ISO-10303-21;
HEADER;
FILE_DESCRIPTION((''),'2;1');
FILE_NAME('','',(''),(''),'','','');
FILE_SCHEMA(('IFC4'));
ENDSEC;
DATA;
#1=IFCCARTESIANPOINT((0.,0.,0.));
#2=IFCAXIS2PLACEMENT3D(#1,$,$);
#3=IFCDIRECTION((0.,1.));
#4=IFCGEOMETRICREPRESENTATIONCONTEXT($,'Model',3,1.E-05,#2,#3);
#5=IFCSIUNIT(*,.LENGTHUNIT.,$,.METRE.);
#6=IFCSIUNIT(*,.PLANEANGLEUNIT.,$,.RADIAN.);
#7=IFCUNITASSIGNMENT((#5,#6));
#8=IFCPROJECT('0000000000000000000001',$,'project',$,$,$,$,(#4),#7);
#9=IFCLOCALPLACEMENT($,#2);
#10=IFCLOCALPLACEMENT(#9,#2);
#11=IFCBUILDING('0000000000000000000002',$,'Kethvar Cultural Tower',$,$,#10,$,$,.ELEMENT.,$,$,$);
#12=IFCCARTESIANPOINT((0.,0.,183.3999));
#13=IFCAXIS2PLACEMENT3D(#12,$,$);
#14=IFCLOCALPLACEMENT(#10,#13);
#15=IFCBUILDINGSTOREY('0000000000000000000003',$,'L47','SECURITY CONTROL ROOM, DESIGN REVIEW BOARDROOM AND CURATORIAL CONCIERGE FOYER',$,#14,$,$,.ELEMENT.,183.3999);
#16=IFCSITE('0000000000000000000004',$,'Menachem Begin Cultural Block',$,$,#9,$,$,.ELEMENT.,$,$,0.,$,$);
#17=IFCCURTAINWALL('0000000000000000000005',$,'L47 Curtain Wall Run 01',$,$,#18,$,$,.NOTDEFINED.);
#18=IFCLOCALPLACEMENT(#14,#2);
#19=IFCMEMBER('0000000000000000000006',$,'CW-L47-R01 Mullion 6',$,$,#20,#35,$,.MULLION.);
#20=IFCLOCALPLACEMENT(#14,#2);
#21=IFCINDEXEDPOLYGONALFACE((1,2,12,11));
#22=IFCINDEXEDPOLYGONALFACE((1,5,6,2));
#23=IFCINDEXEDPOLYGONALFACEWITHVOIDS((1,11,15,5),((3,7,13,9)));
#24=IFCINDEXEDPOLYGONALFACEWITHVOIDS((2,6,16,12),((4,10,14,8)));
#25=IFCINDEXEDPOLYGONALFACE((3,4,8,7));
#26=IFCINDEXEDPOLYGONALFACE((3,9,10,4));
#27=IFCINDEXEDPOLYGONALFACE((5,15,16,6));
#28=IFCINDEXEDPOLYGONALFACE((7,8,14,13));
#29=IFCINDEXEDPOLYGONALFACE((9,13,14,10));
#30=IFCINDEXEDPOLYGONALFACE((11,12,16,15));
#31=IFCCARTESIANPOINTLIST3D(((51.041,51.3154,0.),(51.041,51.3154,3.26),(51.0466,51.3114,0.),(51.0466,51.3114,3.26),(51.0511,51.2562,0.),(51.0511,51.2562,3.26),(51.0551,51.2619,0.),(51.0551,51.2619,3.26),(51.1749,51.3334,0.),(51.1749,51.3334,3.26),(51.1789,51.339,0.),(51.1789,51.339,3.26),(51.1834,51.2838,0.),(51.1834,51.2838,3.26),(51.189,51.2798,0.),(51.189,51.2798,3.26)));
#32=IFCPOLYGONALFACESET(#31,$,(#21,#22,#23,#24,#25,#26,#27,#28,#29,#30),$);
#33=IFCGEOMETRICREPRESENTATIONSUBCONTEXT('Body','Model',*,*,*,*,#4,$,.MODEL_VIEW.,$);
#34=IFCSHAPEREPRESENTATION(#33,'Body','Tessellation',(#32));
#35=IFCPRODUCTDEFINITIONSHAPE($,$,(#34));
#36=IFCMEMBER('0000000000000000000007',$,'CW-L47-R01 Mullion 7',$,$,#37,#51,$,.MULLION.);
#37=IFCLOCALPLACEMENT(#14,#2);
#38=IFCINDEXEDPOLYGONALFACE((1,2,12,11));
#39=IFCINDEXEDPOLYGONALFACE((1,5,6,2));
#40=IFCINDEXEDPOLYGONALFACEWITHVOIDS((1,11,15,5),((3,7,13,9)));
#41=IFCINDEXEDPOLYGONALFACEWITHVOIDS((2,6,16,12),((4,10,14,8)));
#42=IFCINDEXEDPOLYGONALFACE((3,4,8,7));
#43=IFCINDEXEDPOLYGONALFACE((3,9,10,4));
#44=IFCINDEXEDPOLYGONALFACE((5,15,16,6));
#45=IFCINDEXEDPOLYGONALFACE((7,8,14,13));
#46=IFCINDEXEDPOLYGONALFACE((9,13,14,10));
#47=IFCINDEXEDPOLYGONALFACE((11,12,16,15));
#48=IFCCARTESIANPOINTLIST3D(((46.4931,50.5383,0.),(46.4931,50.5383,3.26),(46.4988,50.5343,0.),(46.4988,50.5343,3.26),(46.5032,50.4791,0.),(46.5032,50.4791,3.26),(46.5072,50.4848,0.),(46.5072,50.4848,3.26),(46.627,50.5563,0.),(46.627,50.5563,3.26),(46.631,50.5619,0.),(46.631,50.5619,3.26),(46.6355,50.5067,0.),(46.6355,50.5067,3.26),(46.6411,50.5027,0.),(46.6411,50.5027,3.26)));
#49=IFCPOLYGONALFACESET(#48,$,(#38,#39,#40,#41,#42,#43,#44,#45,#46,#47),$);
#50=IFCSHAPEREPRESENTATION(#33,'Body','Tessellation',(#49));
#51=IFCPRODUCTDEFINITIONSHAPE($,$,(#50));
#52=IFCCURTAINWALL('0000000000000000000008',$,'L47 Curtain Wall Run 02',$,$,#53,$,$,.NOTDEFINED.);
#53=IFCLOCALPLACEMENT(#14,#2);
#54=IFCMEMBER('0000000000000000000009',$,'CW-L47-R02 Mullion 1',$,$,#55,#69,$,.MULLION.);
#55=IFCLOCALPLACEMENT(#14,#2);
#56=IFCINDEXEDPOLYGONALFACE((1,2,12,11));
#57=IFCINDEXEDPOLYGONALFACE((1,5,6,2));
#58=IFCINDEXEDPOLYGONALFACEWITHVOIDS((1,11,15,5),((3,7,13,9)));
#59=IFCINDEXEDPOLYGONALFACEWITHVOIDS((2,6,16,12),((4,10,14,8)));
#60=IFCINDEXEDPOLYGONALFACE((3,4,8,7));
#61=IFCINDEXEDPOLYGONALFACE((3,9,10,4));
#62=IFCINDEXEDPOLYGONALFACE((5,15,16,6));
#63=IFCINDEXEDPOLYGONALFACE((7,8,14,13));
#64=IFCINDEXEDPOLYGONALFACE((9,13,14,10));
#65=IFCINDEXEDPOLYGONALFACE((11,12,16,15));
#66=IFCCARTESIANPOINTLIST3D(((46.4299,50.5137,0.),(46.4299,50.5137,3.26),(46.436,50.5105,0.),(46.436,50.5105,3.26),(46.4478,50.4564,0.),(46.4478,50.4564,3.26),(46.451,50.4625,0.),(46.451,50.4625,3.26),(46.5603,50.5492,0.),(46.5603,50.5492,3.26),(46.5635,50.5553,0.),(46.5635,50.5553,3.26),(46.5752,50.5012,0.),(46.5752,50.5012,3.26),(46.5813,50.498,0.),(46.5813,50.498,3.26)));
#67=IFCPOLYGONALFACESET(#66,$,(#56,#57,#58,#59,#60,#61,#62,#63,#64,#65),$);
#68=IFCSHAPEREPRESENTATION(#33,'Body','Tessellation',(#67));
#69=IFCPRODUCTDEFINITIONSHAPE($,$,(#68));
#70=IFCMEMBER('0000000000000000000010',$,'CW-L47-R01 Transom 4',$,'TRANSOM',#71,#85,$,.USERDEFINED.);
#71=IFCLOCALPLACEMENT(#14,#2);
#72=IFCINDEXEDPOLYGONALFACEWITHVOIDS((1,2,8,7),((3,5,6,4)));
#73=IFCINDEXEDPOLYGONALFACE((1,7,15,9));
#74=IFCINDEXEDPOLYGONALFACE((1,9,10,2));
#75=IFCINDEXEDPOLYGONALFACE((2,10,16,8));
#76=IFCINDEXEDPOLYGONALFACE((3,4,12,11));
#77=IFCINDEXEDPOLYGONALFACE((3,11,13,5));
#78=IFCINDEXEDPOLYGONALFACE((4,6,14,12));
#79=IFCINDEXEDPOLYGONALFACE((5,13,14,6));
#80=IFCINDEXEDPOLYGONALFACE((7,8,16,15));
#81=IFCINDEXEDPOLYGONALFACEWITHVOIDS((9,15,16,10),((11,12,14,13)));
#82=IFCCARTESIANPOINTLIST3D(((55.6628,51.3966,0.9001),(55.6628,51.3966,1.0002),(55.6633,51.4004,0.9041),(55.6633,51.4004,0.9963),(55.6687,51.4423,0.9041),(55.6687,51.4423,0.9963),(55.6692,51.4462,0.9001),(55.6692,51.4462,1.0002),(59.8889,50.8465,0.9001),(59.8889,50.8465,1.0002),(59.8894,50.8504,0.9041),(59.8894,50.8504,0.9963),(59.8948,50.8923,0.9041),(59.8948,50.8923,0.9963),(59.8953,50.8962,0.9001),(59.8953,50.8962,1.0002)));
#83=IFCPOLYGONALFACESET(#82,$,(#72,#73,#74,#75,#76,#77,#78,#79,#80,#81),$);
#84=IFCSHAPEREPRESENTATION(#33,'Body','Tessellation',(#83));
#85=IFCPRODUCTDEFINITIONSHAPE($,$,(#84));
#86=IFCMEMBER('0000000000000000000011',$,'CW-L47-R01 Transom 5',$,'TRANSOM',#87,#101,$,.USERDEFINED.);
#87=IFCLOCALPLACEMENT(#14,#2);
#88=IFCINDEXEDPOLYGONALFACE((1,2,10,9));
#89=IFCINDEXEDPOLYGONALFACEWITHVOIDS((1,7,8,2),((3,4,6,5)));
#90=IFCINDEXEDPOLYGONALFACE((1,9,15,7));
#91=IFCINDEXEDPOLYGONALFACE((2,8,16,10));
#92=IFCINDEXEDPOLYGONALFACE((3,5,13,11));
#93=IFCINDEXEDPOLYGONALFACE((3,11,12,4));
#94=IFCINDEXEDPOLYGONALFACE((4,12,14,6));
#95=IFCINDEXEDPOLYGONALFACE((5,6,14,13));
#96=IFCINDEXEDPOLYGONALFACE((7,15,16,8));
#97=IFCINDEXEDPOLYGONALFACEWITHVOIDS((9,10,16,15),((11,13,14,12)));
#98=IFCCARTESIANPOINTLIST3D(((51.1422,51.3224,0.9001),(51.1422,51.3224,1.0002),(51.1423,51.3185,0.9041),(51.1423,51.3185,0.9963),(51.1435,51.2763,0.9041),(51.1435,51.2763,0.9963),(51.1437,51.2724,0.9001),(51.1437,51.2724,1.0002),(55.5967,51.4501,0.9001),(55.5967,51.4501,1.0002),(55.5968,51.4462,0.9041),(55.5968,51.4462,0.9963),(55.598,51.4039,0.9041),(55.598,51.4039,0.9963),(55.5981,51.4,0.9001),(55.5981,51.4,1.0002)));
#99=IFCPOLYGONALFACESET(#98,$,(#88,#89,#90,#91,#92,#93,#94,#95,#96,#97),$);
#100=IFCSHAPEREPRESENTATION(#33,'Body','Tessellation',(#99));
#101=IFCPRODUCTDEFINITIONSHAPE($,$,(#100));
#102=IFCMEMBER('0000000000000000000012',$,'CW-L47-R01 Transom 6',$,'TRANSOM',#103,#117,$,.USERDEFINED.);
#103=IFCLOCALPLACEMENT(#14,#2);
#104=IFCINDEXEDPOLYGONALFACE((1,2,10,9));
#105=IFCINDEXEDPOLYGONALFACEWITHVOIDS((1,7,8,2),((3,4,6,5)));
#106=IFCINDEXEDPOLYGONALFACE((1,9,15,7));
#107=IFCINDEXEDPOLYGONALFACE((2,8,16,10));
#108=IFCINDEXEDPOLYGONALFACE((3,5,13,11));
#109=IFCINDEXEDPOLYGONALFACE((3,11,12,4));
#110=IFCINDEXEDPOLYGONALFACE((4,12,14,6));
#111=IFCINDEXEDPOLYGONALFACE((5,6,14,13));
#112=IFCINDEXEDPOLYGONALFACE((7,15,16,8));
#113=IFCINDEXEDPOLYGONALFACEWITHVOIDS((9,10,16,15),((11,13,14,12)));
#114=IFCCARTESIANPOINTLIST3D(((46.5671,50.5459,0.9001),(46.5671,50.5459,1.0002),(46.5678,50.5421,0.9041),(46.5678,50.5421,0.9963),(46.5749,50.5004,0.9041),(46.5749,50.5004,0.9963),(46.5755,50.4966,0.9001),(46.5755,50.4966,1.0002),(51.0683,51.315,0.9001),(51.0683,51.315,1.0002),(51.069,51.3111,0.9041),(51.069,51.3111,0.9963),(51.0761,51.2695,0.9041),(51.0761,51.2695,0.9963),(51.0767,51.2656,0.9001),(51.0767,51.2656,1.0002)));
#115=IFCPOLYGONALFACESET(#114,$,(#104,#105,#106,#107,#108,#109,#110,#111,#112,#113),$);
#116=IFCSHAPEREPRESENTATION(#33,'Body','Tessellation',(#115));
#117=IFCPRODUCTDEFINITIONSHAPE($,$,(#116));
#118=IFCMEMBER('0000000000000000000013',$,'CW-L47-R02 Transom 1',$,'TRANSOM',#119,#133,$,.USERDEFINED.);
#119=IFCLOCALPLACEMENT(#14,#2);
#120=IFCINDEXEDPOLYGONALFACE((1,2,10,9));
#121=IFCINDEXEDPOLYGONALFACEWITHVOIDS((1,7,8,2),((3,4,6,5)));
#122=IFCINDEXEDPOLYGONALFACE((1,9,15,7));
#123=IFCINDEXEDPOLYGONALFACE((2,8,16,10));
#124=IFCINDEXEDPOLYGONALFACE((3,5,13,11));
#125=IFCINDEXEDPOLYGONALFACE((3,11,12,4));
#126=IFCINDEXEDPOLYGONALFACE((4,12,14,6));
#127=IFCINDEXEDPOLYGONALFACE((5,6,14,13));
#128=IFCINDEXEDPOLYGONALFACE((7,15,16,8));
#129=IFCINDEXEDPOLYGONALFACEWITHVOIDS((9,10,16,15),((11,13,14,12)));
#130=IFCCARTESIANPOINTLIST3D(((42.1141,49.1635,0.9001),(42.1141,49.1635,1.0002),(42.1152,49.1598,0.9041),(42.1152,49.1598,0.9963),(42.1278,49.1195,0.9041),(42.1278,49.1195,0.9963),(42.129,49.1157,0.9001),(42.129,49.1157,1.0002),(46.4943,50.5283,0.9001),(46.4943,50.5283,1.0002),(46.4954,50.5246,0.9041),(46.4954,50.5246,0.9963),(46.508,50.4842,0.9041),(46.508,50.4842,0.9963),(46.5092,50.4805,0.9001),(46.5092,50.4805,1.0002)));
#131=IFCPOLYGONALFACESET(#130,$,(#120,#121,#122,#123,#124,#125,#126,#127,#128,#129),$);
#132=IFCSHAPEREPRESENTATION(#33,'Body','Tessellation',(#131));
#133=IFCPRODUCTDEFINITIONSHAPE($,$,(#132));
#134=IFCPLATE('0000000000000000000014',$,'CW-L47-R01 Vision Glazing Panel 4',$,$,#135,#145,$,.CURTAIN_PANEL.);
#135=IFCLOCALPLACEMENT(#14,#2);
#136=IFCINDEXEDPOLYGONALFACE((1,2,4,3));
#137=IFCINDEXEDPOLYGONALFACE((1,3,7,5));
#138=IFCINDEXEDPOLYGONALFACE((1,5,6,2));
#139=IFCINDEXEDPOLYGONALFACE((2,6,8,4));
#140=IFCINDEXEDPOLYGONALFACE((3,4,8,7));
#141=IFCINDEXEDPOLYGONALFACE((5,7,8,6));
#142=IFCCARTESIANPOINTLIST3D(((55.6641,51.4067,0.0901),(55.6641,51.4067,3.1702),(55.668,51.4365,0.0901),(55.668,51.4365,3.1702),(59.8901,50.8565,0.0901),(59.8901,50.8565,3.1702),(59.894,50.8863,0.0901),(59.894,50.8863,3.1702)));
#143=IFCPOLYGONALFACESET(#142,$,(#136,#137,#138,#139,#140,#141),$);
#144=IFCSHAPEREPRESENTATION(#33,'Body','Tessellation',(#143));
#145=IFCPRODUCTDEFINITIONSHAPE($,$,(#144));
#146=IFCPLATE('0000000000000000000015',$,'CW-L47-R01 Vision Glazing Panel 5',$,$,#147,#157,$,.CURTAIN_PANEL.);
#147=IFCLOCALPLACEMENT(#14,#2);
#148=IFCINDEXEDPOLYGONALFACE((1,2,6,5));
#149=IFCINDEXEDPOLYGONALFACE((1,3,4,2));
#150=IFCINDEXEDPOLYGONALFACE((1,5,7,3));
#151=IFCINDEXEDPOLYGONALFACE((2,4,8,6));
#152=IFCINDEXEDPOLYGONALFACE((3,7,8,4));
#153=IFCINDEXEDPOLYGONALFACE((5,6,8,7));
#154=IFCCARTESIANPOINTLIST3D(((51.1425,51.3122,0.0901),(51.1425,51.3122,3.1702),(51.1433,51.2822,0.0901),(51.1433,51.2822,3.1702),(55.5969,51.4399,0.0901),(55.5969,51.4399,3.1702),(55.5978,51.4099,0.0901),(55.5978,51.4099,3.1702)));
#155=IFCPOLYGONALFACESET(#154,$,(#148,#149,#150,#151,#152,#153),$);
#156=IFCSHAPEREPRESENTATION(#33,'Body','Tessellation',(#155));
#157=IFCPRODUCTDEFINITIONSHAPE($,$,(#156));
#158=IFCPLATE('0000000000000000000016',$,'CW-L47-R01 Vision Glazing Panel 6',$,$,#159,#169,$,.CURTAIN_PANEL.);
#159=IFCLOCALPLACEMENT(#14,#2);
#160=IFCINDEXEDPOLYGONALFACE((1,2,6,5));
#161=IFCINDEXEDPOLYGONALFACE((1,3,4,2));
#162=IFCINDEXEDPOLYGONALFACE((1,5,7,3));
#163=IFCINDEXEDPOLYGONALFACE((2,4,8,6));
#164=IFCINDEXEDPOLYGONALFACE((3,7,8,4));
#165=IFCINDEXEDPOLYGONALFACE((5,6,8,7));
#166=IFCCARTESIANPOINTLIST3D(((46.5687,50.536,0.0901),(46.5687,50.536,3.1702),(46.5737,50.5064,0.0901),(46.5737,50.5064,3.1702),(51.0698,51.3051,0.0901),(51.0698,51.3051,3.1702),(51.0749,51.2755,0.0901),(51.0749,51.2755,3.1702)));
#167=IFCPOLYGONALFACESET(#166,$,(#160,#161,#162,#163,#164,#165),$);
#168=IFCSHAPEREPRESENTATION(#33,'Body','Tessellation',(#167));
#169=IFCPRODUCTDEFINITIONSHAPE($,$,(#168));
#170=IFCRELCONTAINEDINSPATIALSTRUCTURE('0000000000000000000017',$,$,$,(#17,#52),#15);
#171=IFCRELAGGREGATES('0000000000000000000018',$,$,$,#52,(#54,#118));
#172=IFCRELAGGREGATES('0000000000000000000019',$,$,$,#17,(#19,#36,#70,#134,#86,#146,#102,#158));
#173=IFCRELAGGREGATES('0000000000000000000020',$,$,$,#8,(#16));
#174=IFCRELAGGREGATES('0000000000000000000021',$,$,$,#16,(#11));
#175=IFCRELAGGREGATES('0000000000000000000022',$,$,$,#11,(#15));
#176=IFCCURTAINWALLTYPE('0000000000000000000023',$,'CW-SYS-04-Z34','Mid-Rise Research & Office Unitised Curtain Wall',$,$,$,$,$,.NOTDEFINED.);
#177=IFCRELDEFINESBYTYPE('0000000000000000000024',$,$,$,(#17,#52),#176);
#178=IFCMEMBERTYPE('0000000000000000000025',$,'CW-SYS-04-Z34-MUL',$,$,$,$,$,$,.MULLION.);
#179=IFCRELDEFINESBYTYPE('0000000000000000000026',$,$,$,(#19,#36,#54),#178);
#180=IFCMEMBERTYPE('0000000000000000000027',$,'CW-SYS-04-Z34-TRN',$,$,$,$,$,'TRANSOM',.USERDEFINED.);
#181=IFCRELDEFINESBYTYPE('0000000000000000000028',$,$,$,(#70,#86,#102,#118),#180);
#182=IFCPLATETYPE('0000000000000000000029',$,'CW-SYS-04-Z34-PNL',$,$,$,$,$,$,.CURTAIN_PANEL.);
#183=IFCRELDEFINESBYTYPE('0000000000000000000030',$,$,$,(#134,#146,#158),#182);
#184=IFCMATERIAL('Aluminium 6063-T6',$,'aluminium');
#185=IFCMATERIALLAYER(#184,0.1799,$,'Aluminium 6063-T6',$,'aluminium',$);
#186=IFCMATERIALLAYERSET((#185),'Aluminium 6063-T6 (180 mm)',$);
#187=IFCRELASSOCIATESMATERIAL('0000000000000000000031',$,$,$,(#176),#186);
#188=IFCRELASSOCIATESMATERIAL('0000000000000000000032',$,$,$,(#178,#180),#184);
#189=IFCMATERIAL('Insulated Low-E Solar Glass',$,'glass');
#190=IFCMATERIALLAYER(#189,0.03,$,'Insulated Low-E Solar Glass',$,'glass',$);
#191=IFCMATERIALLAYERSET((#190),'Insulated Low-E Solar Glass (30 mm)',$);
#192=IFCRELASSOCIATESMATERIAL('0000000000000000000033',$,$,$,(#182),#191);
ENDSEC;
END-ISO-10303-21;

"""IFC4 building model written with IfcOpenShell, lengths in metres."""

from ifc_helpers import new_model, si_unit, direction, frame, origin, origin_2d, place, context, subcontext, project, spatial, rectangle, hollow_rectangle, extrude, source, transform, mapped, material, layer, layer_set, material_profile, profile_set, type_object, element, aggregate, save


model = new_model("IFC4")

# Units and contexts
model_context = context("Model", 3, precision=1e-05, world=origin(), true_north=direction((0.0, 1.0)))
body_context = subcontext(model_context, "Body", "Model", "MODEL_VIEW")
ifc_project = project(units=[si_unit("LENGTHUNIT", "METRE"), si_unit("PLANEANGLEUNIT", "RADIAN")], contexts=[model_context])

# Site, building, storey
site_placement = place(None, origin())
site = spatial("IfcSite", under=ifc_project, at=site_placement, Name="Menachem Begin Cultural Block", CompositionType="ELEMENT", RefElevation=0.0)
building_placement = place(site_placement, origin())
building = spatial("IfcBuilding", under=site, at=building_placement, Name="Kethvar Cultural Tower", CompositionType="ELEMENT")
storey_placement = place(building_placement, frame((0.0, 0.0, 183.3999)))
storey = spatial("IfcBuildingStorey", under=building, at=storey_placement, Name="L47", Description="SECURITY CONTROL ROOM, DESIGN REVIEW BOARDROOM AND CURATORIAL CONCIERGE FOYER", CompositionType="ELEMENT", Elevation=183.3999)

# Curtain wall, members
ifc_material_1 = material(Name="Aluminium 6063-T6", Category="aluminium")
ifc_layer_1 = layer(ifc_material_1, 0.1799, Name="Aluminium 6063-T6", Category="aluminium")
ifc_layer_set_1 = layer_set([ifc_layer_1], Name="Aluminium 6063-T6 (180 mm)")
curtain_wall_type = type_object("IfcCurtainWallType", Name="CW-SYS-04-Z34", Description="Mid-Rise Research & Office Unitised Curtain Wall", PredefinedType="NOTDEFINED", material=ifc_layer_set_1)
curtain_wall_1_placement = place(storey_placement, origin())
curtain_wall_1 = element("IfcCurtainWall", 1, at=curtain_wall_1_placement, inside=storey, type_object=curtain_wall_type, Name="L47 Curtain Wall Run 01", PredefinedType="NOTDEFINED")
ifc_material_profile_1 = material_profile(ifc_material_1, hollow_rectangle(XDim=0.0601, YDim=0.1399, WallThickness=0.0049, at=origin_2d()), Name="Aluminium 6063-T6 — RHS140x60x5")
ifc_profile_set_1 = profile_set([ifc_material_profile_1], Name="Aluminium 6063-T6 — RHS140x60x5")
member_type_1 = type_object("IfcMemberType", Name="CW-SYS-04-Z34-MUL", PredefinedType="MULLION", material=ifc_profile_set_1)
shared_shape_1 = source(origin(), body_context, "Body", "SweptSolid", [
    extrude(hollow_rectangle(XDim=0.0601, YDim=0.1399, WallThickness=0.0049, at=origin_2d()), origin(), (0.0, 0.0, 1.0), 3.26),
])
member_1_placement = place(storey_placement, frame((51.115, 51.2976, 0.0), z_axis=(0.0, 0.0, 1.0), x_axis=(0.168421, -0.985715, 0.0)))
member_1 = element("IfcMember", 2, at=member_1_placement, type_object=member_type_1, Name="CW-L47-R01 Mullion 6", PredefinedType="MULLION", context=body_context, shape_type="MappedRepresentation", body=[
    mapped(shared_shape_1, transform((0.0, 0.0, 0.0), scale=1.0)),
])
member_2_placement = place(storey_placement, frame((46.5671, 50.5205, 0.0), z_axis=(0.0, 0.0, 1.0), x_axis=(0.168421, -0.985715, 0.0)))
member_2 = element("IfcMember", 3, at=member_2_placement, type_object=member_type_1, Name="CW-L47-R01 Mullion 7", PredefinedType="MULLION", context=body_context, shape_type="MappedRepresentation", body=[
    mapped(shared_shape_1, transform((0.0, 0.0, 0.0), scale=1.0)),
])

# Curtain wall, member
curtain_wall_2_placement = place(storey_placement, origin())
curtain_wall_2 = element("IfcCurtainWall", 4, at=curtain_wall_2_placement, inside=storey, type_object=curtain_wall_type, Name="L47 Curtain Wall Run 02", PredefinedType="NOTDEFINED")
member_3_placement = place(storey_placement, frame((46.5056, 50.5059, 0.0), z_axis=(0.0, 0.0, 1.0), x_axis=(0.297508, -0.954719, 0.0)))
member_3 = element("IfcMember", 5, at=member_3_placement, type_object=member_type_1, Name="CW-L47-R02 Mullion 1", PredefinedType="MULLION", context=body_context, shape_type="MappedRepresentation", body=[
    mapped(shared_shape_1, transform((0.0, 0.0, 0.0), scale=1.0)),
])

# Members
ifc_material_profile_2 = material_profile(ifc_material_1, hollow_rectangle(XDim=0.05, YDim=0.1001, WallThickness=0.0039, at=origin_2d()), Name="Aluminium 6063-T6 — RHS100x50x4")
ifc_profile_set_2 = profile_set([ifc_material_profile_2], Name="Aluminium 6063-T6 — RHS100x50x4")
member_type_2 = type_object("IfcMemberType", Name="CW-SYS-04-Z34-TRN", ElementType="TRANSOM", PredefinedType="USERDEFINED", material=ifc_profile_set_2)
shared_shape_2 = source(origin(), body_context, "Body", "SweptSolid", [
    extrude(hollow_rectangle(XDim=0.05, YDim=0.1001, WallThickness=0.0039, at=origin_2d()), origin(), (0.0, 0.0, 1.0), 4.2617),
])
member_4_placement = place(storey_placement, frame((59.8921, 50.8713, 0.9502), z_axis=(-0.991636, 0.129067, 0.0), x_axis=(-0.129067, -0.991636, 0.0)))
member_4 = element("IfcMember", 6, at=member_4_placement, type_object=member_type_2, Name="CW-L47-R01 Transom 4", ObjectType="TRANSOM", PredefinedType="USERDEFINED", context=body_context, shape_type="MappedRepresentation", body=[
    mapped(shared_shape_2, transform((0.0, 0.0, 0.0), scale=1.0)),
])
shared_shape_3 = source(origin(), body_context, "Body", "SweptSolid", [
    extrude(hollow_rectangle(XDim=0.05, YDim=0.1001, WallThickness=0.0039, at=origin_2d()), origin(), (0.0, 0.0, 1.0), 4.4563),
])
member_5_placement = place(storey_placement, frame((55.5974, 51.425, 0.9502), z_axis=(-0.999589, -0.028652, 0.0), x_axis=(0.028652, -0.999589, 0.0)))
member_5 = element("IfcMember", 7, at=member_5_placement, type_object=member_type_2, Name="CW-L47-R01 Transom 5", ObjectType="TRANSOM", PredefinedType="USERDEFINED", context=body_context, shape_type="MappedRepresentation", body=[
    mapped(shared_shape_3, transform((0.0, 0.0, 0.0), scale=1.0)),
])
shared_shape_4 = source(origin(), body_context, "Body", "SweptSolid", [
    extrude(hollow_rectangle(XDim=0.05, YDim=0.1001, WallThickness=0.0039, at=origin_2d()), origin(), (0.0, 0.0, 1.0), 4.5664),
])
member_6_placement = place(storey_placement, frame((51.0725, 51.2903, 0.9502), z_axis=(-0.985717, -0.168412, 0.0), x_axis=(0.168412, -0.985717, 0.0)))
member_6 = element("IfcMember", 8, at=member_6_placement, type_object=member_type_2, Name="CW-L47-R01 Transom 6", ObjectType="TRANSOM", PredefinedType="USERDEFINED", context=body_context, shape_type="MappedRepresentation", body=[
    mapped(shared_shape_4, transform((0.0, 0.0, 0.0), scale=1.0)),
])
shared_shape_5 = source(origin(), body_context, "Body", "SweptSolid", [
    extrude(hollow_rectangle(XDim=0.05, YDim=0.1001, WallThickness=0.0039, at=origin_2d()), origin(), (0.0, 0.0, 1.0), 4.5879),
])
member_7_placement = place(storey_placement, frame((46.5017, 50.5044, 0.9502), z_axis=(-0.954731, -0.297472, 0.0), x_axis=(0.297472, -0.954731, 0.0)))
member_7 = element("IfcMember", 9, at=member_7_placement, type_object=member_type_2, Name="CW-L47-R02 Transom 1", ObjectType="TRANSOM", PredefinedType="USERDEFINED", context=body_context, shape_type="MappedRepresentation", body=[
    mapped(shared_shape_5, transform((0.0, 0.0, 0.0), scale=1.0)),
])
aggregate(curtain_wall_2, [member_3, member_7])

# Plates
ifc_material_2 = material(Name="Insulated Low-E Solar Glass", Category="glass")
ifc_layer_2 = layer(ifc_material_2, 0.03, Name="Insulated Low-E Solar Glass", Category="glass")
ifc_layer_set_2 = layer_set([ifc_layer_2], Name="Insulated Low-E Solar Glass (30 mm)")
plate_type = type_object("IfcPlateType", Name="CW-SYS-04-Z34-PNL", PredefinedType="CURTAIN_PANEL", material=ifc_layer_set_2)
shared_shape_6 = source(origin(), body_context, "Body", "SweptSolid", [
    extrude(rectangle(XDim=4.2617, YDim=0.03, at=origin_2d()), origin(), (0.0, 0.0, 1.0), 3.0801),
])
plate_1_placement = place(storey_placement, frame((57.7791, 51.1465, 0.0901), z_axis=(0.0, 0.0, 1.0), x_axis=(-0.991631, 0.129107, 0.0)))
plate_1 = element("IfcPlate", 10, at=plate_1_placement, type_object=plate_type, Name="CW-L47-R01 Vision Glazing Panel 4", PredefinedType="CURTAIN_PANEL", context=body_context, shape_type="MappedRepresentation", body=[
    mapped(shared_shape_6, transform((0.0, 0.0, 0.0), scale=1.0)),
])
shared_shape_7 = source(origin(), body_context, "Body", "SweptSolid", [
    extrude(rectangle(XDim=4.4563, YDim=0.03, at=origin_2d()), origin(), (0.0, 0.0, 1.0), 3.0801),
])
plate_2_placement = place(storey_placement, frame((53.3701, 51.3611, 0.0901), z_axis=(0.0, 0.0, 1.0), x_axis=(-0.999589, -0.028654, 0.0)))
plate_2 = element("IfcPlate", 11, at=plate_2_placement, type_object=plate_type, Name="CW-L47-R01 Vision Glazing Panel 5", PredefinedType="CURTAIN_PANEL", context=body_context, shape_type="MappedRepresentation", body=[
    mapped(shared_shape_7, transform((0.0, 0.0, 0.0), scale=1.0)),
])
shared_shape_8 = source(origin(), body_context, "Body", "SweptSolid", [
    extrude(rectangle(XDim=4.5664, YDim=0.03, at=origin_2d()), origin(), (0.0, 0.0, 1.0), 3.0801),
])
plate_3_placement = place(storey_placement, frame((48.8218, 50.9058, 0.0901), z_axis=(0.0, 0.0, 1.0), x_axis=(-0.985715, -0.168421, 0.0)))
plate_3 = element("IfcPlate", 12, at=plate_3_placement, type_object=plate_type, Name="CW-L47-R01 Vision Glazing Panel 6", PredefinedType="CURTAIN_PANEL", context=body_context, shape_type="MappedRepresentation", body=[
    mapped(shared_shape_8, transform((0.0, 0.0, 0.0), scale=1.0)),
])
aggregate(curtain_wall_1, [member_1, member_2, member_4, plate_1, member_5, plate_2, member_6, plate_3])

save(model, "model.ifc")
